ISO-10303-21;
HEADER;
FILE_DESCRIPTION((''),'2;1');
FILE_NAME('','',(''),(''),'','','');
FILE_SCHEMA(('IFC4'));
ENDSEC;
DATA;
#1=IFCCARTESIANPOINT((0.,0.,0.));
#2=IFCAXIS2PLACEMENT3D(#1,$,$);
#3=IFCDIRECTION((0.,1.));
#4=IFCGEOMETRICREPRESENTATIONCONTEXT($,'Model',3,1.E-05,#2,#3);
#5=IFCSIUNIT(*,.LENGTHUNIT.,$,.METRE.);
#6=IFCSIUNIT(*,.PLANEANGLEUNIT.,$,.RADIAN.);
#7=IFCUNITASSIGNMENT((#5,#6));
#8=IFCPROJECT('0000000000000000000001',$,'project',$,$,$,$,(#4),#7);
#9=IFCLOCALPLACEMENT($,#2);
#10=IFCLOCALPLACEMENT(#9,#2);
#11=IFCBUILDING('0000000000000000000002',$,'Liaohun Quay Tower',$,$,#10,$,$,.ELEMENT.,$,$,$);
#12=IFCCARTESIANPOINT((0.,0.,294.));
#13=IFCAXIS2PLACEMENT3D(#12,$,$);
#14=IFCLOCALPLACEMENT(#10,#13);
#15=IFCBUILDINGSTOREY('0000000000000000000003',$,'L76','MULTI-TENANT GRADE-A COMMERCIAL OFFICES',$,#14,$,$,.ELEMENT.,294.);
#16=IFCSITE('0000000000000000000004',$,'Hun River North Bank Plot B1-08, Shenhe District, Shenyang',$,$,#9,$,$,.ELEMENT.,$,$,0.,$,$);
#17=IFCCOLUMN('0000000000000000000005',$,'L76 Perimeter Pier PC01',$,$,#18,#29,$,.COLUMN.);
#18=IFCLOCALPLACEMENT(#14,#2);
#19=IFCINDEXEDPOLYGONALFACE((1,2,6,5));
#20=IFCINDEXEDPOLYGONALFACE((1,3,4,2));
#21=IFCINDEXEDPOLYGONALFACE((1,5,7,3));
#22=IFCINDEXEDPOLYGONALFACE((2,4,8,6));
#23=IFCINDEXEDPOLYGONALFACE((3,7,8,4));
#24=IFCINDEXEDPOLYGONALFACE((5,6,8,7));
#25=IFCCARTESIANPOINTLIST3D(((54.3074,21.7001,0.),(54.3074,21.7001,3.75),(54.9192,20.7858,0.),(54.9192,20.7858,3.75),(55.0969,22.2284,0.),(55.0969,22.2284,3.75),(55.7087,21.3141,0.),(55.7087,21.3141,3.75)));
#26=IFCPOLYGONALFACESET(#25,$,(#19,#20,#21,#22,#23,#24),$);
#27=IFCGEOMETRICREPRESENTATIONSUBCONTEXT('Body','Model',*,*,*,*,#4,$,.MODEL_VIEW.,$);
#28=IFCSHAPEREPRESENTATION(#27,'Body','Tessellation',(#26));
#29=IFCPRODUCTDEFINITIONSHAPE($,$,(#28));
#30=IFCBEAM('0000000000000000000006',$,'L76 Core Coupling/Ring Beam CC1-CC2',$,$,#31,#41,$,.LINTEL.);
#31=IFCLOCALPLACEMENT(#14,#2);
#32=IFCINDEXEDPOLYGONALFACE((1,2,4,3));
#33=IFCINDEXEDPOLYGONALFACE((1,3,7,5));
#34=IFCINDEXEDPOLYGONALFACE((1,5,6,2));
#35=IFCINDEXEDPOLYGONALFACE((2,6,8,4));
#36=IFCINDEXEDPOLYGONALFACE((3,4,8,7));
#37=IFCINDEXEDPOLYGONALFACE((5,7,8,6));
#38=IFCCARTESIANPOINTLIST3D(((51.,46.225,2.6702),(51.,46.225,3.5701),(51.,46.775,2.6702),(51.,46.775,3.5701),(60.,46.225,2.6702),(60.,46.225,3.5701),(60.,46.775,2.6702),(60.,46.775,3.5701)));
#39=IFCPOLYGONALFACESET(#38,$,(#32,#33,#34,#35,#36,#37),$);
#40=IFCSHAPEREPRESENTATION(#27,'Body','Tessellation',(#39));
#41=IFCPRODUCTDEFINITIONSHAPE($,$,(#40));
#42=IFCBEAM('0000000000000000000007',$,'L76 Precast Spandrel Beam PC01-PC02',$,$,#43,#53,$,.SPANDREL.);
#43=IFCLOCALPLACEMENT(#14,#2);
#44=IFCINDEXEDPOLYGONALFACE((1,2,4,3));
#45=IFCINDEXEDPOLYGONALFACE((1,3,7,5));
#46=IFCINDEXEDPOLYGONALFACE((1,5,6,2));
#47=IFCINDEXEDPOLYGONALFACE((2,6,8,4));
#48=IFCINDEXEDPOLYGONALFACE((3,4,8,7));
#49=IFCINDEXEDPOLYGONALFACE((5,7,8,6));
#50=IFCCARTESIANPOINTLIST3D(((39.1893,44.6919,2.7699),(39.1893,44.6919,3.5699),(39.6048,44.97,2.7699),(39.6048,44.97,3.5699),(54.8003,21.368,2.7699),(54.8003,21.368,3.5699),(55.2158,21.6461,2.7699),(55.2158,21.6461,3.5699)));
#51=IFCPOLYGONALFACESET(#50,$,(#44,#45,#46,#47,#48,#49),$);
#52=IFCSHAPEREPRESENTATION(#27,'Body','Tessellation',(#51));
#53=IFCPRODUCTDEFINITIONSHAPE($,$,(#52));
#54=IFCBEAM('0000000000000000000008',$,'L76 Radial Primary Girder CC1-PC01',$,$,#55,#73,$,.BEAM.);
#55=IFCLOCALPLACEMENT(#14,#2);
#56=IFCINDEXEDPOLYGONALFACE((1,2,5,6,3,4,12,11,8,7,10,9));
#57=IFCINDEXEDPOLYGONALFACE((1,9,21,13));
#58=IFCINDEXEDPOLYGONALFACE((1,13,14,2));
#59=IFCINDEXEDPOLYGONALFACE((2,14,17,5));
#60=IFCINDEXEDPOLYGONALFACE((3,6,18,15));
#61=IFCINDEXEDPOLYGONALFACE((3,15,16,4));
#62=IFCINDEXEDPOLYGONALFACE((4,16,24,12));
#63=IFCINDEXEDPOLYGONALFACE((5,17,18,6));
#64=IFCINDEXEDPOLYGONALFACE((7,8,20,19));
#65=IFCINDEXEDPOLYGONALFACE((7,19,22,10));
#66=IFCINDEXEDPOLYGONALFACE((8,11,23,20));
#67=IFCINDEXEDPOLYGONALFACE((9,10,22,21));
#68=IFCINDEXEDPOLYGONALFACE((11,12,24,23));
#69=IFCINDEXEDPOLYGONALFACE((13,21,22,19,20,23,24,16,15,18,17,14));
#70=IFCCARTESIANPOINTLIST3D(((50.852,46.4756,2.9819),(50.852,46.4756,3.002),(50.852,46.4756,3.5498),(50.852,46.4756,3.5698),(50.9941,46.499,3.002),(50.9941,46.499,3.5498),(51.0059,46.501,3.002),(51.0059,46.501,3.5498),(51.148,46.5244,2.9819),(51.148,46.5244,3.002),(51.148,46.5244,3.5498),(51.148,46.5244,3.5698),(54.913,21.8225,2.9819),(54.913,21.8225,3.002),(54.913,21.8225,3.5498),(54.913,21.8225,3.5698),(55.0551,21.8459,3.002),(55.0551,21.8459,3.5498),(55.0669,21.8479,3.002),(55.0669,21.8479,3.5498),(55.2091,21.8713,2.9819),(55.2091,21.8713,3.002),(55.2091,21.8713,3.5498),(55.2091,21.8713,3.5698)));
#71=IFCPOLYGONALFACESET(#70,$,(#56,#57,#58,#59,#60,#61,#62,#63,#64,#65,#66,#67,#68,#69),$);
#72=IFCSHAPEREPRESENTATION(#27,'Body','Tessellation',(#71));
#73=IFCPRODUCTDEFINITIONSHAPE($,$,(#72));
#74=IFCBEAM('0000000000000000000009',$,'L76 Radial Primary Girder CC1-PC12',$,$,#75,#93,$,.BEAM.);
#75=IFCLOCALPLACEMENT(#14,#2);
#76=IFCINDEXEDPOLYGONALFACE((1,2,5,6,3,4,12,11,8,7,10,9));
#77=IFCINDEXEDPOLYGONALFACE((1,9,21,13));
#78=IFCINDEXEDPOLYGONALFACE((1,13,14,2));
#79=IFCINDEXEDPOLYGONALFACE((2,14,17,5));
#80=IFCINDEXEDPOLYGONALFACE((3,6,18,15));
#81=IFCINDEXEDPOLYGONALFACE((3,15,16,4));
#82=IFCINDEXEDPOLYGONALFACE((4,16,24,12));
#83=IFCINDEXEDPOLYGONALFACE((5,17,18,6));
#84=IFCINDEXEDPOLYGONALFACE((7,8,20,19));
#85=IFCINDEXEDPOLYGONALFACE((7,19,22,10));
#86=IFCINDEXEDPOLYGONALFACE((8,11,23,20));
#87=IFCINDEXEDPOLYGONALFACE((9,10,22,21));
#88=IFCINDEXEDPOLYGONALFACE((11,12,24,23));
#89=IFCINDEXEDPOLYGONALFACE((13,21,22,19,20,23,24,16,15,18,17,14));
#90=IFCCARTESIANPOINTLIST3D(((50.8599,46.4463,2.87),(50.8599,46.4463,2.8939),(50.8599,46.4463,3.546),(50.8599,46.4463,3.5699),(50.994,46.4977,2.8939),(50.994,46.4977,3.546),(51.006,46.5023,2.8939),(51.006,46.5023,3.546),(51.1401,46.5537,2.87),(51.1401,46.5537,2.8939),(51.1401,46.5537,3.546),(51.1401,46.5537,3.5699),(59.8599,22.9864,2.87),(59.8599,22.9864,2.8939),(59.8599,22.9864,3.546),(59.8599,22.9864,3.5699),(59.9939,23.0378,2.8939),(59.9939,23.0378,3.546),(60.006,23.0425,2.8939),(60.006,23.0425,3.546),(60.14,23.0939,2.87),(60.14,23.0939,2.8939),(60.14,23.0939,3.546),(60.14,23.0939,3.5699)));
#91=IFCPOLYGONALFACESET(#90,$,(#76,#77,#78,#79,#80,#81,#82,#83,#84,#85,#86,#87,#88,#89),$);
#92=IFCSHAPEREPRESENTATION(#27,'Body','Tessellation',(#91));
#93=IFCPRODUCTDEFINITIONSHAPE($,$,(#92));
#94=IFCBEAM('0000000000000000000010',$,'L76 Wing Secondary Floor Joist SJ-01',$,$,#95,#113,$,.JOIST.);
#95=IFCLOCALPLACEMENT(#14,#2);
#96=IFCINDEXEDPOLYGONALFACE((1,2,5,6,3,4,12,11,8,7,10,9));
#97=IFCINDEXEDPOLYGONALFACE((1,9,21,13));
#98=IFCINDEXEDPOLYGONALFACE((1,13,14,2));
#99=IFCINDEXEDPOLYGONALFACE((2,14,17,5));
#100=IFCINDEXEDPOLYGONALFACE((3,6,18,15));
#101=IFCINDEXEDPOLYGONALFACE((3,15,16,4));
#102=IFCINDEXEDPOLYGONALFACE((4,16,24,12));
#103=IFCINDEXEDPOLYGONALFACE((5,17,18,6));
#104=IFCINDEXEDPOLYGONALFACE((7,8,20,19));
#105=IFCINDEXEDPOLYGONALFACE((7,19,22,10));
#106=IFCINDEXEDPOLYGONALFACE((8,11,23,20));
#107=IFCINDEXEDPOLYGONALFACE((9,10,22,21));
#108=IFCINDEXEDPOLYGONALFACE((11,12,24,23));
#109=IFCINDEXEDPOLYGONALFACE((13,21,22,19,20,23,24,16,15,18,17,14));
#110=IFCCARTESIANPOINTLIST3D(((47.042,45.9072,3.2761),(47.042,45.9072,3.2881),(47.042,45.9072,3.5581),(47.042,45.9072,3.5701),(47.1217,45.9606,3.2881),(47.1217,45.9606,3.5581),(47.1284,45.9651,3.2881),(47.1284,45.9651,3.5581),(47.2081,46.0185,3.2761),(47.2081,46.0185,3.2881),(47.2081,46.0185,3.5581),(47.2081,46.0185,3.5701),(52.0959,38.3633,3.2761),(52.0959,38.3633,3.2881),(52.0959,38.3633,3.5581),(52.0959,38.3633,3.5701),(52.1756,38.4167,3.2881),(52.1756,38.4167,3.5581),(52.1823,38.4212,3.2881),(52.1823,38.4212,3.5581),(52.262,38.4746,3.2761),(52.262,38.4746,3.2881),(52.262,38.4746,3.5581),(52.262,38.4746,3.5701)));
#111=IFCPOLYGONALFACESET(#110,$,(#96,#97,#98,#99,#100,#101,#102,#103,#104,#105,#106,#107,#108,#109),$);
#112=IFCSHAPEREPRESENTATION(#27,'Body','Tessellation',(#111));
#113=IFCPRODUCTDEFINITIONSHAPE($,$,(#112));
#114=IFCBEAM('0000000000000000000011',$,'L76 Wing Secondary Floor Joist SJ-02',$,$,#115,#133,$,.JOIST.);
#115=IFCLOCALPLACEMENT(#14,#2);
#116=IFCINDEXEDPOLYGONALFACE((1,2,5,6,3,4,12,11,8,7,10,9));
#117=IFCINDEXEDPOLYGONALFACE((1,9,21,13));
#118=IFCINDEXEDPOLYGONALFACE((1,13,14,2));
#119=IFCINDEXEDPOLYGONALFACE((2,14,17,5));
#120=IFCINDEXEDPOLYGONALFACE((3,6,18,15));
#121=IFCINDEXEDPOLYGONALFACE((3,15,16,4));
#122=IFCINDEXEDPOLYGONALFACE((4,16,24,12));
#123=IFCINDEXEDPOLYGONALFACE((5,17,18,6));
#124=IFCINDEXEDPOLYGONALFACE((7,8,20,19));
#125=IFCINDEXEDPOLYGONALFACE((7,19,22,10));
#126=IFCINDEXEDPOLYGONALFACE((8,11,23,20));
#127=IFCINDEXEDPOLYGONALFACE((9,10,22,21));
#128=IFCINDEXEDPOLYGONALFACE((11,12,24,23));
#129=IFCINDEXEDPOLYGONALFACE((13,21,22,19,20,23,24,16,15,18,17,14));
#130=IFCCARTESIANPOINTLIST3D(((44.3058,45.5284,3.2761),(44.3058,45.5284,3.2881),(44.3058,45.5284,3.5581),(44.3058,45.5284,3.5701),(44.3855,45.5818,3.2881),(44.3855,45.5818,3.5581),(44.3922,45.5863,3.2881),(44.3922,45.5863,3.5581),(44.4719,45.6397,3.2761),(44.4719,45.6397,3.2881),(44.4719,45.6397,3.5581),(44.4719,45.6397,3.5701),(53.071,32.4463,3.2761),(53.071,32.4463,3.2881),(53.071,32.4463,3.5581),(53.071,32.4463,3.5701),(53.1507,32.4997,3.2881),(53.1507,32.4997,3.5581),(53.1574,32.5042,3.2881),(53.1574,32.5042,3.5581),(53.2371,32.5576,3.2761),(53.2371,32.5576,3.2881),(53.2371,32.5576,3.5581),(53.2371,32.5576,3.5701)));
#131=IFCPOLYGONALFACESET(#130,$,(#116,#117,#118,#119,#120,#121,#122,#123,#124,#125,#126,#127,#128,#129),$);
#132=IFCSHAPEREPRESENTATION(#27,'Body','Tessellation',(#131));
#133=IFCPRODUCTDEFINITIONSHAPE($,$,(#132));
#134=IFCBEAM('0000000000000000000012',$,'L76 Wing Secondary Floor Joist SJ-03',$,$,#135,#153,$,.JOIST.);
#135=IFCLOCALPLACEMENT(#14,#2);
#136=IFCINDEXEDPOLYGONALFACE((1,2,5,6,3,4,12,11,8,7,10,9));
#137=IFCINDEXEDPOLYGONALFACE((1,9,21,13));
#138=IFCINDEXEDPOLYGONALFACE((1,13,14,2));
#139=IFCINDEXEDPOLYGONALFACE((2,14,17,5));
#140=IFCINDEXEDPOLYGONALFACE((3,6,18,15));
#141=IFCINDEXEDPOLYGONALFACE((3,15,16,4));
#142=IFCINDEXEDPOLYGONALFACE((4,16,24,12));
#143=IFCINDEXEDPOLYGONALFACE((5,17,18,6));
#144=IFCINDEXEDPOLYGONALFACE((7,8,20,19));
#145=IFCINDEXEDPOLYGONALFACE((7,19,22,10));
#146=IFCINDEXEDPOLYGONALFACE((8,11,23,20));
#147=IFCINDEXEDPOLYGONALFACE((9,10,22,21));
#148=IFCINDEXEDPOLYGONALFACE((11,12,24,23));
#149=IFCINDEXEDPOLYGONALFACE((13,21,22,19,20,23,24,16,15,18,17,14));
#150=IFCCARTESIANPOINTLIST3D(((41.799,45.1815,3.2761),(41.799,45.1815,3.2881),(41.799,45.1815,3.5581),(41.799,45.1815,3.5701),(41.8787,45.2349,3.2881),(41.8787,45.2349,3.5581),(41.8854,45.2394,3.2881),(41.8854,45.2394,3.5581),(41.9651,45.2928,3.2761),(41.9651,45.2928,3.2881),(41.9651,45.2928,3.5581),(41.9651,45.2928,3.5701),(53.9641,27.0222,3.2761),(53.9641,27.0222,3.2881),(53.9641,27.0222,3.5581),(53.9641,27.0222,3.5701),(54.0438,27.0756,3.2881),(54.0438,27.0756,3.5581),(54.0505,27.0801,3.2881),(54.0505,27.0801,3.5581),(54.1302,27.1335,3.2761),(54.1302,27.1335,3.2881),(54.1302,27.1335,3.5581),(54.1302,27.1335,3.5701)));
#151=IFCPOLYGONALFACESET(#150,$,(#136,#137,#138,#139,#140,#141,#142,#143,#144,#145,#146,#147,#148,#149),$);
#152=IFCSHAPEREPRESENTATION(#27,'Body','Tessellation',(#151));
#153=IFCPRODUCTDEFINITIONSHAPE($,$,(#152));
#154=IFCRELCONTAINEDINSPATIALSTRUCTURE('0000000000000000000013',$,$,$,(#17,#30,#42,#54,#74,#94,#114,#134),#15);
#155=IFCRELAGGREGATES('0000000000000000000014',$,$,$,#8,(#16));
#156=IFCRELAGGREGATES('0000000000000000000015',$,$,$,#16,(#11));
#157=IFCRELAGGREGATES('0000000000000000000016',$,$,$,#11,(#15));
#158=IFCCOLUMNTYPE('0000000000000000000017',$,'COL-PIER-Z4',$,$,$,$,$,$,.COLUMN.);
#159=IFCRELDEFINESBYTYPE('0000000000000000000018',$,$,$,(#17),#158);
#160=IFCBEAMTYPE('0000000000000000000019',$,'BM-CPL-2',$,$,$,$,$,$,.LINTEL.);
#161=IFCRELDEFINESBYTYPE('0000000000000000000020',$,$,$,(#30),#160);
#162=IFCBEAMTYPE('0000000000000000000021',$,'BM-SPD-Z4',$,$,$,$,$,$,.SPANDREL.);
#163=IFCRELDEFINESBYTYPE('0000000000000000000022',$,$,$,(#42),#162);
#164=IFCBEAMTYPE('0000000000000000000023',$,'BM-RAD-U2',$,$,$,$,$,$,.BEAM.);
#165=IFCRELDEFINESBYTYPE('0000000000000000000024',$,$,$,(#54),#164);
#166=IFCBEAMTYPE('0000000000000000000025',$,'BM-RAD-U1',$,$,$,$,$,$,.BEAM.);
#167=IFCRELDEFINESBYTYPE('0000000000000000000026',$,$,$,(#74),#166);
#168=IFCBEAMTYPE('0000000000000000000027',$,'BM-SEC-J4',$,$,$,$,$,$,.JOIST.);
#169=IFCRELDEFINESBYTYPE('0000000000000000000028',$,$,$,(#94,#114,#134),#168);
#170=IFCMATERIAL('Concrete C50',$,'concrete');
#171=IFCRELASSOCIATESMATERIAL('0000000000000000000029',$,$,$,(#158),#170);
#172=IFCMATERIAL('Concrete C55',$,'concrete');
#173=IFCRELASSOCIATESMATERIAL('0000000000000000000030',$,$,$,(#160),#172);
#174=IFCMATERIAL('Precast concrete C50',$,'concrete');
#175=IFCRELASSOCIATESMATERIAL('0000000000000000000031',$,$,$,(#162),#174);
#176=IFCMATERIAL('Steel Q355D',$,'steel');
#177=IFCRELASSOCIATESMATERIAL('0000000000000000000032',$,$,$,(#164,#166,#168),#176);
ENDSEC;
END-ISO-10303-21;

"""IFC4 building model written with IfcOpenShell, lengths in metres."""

from ifc_helpers import new_model, si_unit, direction, frame, origin, origin_2d, place, context, subcontext, project, spatial, rectangle, i_section, extrude, source, transform, mapped, material, material_profile, profile_set, type_object, element, save


model = new_model("IFC4")

# Units and contexts
model_context = context("Model", 3, precision=1e-05, world=origin(), true_north=direction((0.0, 1.0)))
body_context = subcontext(model_context, "Body", "Model", "MODEL_VIEW")
ifc_project = project(units=[si_unit("LENGTHUNIT", "METRE"), si_unit("PLANEANGLEUNIT", "RADIAN")], contexts=[model_context])

# Site, building, storey
site_placement = place(None, origin())
site = spatial("IfcSite", under=ifc_project, at=site_placement, Name="Hun River North Bank Plot B1-08, Shenhe District, Shenyang", CompositionType="ELEMENT", RefElevation=0.0)
building_placement = place(site_placement, origin())
building = spatial("IfcBuilding", under=site, at=building_placement, Name="Liaohun Quay Tower", CompositionType="ELEMENT")
storey_placement = place(building_placement, frame((0.0, 0.0, 294.0)))
storey = spatial("IfcBuildingStorey", under=building, at=storey_placement, Name="L76", Description="MULTI-TENANT GRADE-A COMMERCIAL OFFICES", CompositionType="ELEMENT", Elevation=294.0)

# Column
ifc_material_1 = material(Name="Concrete C50", Category="concrete")
ifc_material_profile_1 = material_profile(ifc_material_1, rectangle(XDim=1.1001, YDim=0.95, at=origin_2d()), Name="RC1100x950")
ifc_profile_set_1 = profile_set([ifc_material_profile_1], Name="Concrete C50")
column_type = type_object("IfcColumnType", Name="COL-PIER-Z4", PredefinedType="COLUMN", material=ifc_profile_set_1)
shared_shape_1 = source(origin(), body_context, "Body", "SweptSolid", [
    extrude(rectangle(XDim=1.1001, YDim=0.95, at=origin_2d()), origin(), (0.0, 0.0, 1.0), 3.75),
])
column_placement = place(storey_placement, frame((55.0081, 21.5071, 0.0), z_axis=(0.0, 0.0, 1.0), x_axis=(-0.556151, 0.831082, 0.0)))
element("IfcColumn", 1, at=column_placement, inside=storey, type_object=column_type, Name="L76 Perimeter Pier PC01", PredefinedType="COLUMN", context=body_context, shape_type="MappedRepresentation", body=[
    mapped(shared_shape_1, transform((0.0, 0.0, 0.0), x_axis=(1.0, 0.0, 0.0), y_axis=(0.0, 1.0, 0.0), z_axis=(0.0, 0.0, 1.0), scale=1.0)),
])

# Beams
ifc_material_2 = material(Name="Concrete C55", Category="concrete")
ifc_material_profile_2 = material_profile(ifc_material_2, rectangle(XDim=0.55, YDim=0.8999, at=origin_2d()), Name="RC550x900")
ifc_profile_set_2 = profile_set([ifc_material_profile_2], Name="Concrete C55")
beam_type_1 = type_object("IfcBeamType", Name="BM-CPL-2", PredefinedType="LINTEL", material=ifc_profile_set_2)
shared_shape_2 = source(origin(), body_context, "Body", "SweptSolid", [
    extrude(rectangle(XDim=0.55, YDim=0.8999, at=origin_2d()), origin(), (0.0, 0.0, 1.0), 9.0),
])
beam_1_placement = place(storey_placement, frame((51.0, 46.5, 3.1201), z_axis=(1.0, 0.0, 0.0), x_axis=(0.0, 1.0, 0.0)))
element("IfcBeam", 2, at=beam_1_placement, inside=storey, type_object=beam_type_1, Name="L76 Core Coupling/Ring Beam CC1-CC2", PredefinedType="LINTEL", context=body_context, shape_type="MappedRepresentation", body=[
    mapped(shared_shape_2, transform((0.0, 0.0, 0.0), x_axis=(1.0, 0.0, 0.0), y_axis=(0.0, 1.0, 0.0), z_axis=(0.0, 0.0, 1.0), scale=1.0)),
])
ifc_material_3 = material(Name="Precast concrete C50", Category="concrete")
ifc_material_profile_3 = material_profile(ifc_material_3, rectangle(XDim=0.5, YDim=0.8, at=origin_2d()), Name="RC500x800")
ifc_profile_set_3 = profile_set([ifc_material_profile_3], Name="Precast concrete C50")
beam_type_2 = type_object("IfcBeamType", Name="BM-SPD-Z4", PredefinedType="SPANDREL", material=ifc_profile_set_3)
shared_shape_3 = source(origin(), body_context, "Body", "SweptSolid", [
    extrude(rectangle(XDim=0.5, YDim=0.8, at=origin_2d()), origin(), (0.0, 0.0, 1.0), 28.0662),
])
beam_2_placement = place(storey_placement, frame((55.0081, 21.5071, 3.1699), z_axis=(-0.556223, 0.831033, 0.0), x_axis=(-0.831033, -0.556223, 0.0)))
element("IfcBeam", 3, at=beam_2_placement, inside=storey, type_object=beam_type_2, Name="L76 Precast Spandrel Beam PC01-PC02", PredefinedType="SPANDREL", context=body_context, shape_type="MappedRepresentation", body=[
    mapped(shared_shape_3, transform((0.0, 0.0, 0.0), x_axis=(1.0, 0.0, 0.0), y_axis=(0.0, 1.0, 0.0), z_axis=(0.0, 0.0, 1.0), scale=1.0)),
])
ifc_material_4 = material(Name="Steel Q355D", Category="steel")
ifc_material_profile_4 = material_profile(ifc_material_4, i_section(OverallWidth=0.3, OverallDepth=0.5879, WebThickness=0.012, FlangeThickness=0.02, at=origin_2d()), Name="HM588x300x12x20")
ifc_profile_set_4 = profile_set([ifc_material_profile_4], Name="Steel Q355D")
beam_type_3 = type_object("IfcBeamType", Name="BM-RAD-U2", PredefinedType="BEAM", material=ifc_profile_set_4)
shared_shape_4 = source(origin(), body_context, "Body", "SweptSolid", [
    extrude(i_section(OverallWidth=0.3, OverallDepth=0.5879, WebThickness=0.012, FlangeThickness=0.02, at=origin_2d()), origin(), (0.0, 0.0, 1.0), 24.9854),
])
beam_3_placement = place(storey_placement, frame((51.0, 46.5, 3.2759), z_axis=(0.162537, -0.986702, 0.0), x_axis=(0.986702, 0.162537, 0.0)))
element("IfcBeam", 4, at=beam_3_placement, inside=storey, type_object=beam_type_3, Name="L76 Radial Primary Girder CC1-PC01", PredefinedType="BEAM", context=body_context, shape_type="MappedRepresentation", body=[
    mapped(shared_shape_4, transform((0.0, 0.0, 0.0), x_axis=(1.0, 0.0, 0.0), y_axis=(0.0, 1.0, 0.0), z_axis=(0.0, 0.0, 1.0), scale=1.0)),
])
ifc_material_profile_5 = material_profile(ifc_material_4, i_section(OverallWidth=0.3, OverallDepth=0.7, WebThickness=0.0129, FlangeThickness=0.0239, at=origin_2d()), Name="HN700x300x13x24")
ifc_profile_set_5 = profile_set([ifc_material_profile_5], Name="Steel Q355D")
beam_type_4 = type_object("IfcBeamType", Name="BM-RAD-U1", PredefinedType="BEAM", material=ifc_profile_set_5)
shared_shape_5 = source(origin(), body_context, "Body", "SweptSolid", [
    extrude(i_section(OverallWidth=0.3, OverallDepth=0.7, WebThickness=0.0129, FlangeThickness=0.0239, at=origin_2d()), origin(), (0.0, 0.0, 1.0), 25.127),
])
beam_4_placement = place(storey_placement, frame((51.0, 46.5, 3.22), z_axis=(0.358179, -0.933653, 0.0), x_axis=(0.933653, 0.358179, 0.0)))
element("IfcBeam", 5, at=beam_4_placement, inside=storey, type_object=beam_type_4, Name="L76 Radial Primary Girder CC1-PC12", PredefinedType="BEAM", context=body_context, shape_type="MappedRepresentation", body=[
    mapped(shared_shape_5, transform((0.0, 0.0, 0.0), x_axis=(1.0, 0.0, 0.0), y_axis=(0.0, 1.0, 0.0), z_axis=(0.0, 0.0, 1.0), scale=1.0)),
])
ifc_material_profile_6 = material_profile(ifc_material_4, i_section(OverallWidth=0.2, OverallDepth=0.2939, WebThickness=0.0081, FlangeThickness=0.012, at=origin_2d()), Name="HM294x200x8x12")
ifc_profile_set_6 = profile_set([ifc_material_profile_6], Name="Steel Q355D")
beam_type_5 = type_object("IfcBeamType", Name="BM-SEC-J4", PredefinedType="JOIST", material=ifc_profile_set_6)
shared_shape_6 = source(origin(), body_context, "Body", "SweptSolid", [
    extrude(i_section(OverallWidth=0.2, OverallDepth=0.2939, WebThickness=0.0081, FlangeThickness=0.012, at=origin_2d()), origin(), (0.0, 0.0, 1.0), 9.0803),
])
beam_5_placement = place(storey_placement, frame((52.179, 38.4189, 3.4231), z_axis=(-0.556579, 0.830795, 0.0), x_axis=(-0.830795, -0.556579, 0.0)))
element("IfcBeam", 6, at=beam_5_placement, inside=storey, type_object=beam_type_5, Name="L76 Wing Secondary Floor Joist SJ-01", PredefinedType="JOIST", context=body_context, shape_type="MappedRepresentation", body=[
    mapped(shared_shape_6, transform((0.0, 0.0, 0.0), x_axis=(1.0, 0.0, 0.0), y_axis=(0.0, 1.0, 0.0), z_axis=(0.0, 0.0, 1.0), scale=1.0)),
])
shared_shape_7 = source(origin(), body_context, "Body", "SweptSolid", [
    extrude(i_section(OverallWidth=0.2, OverallDepth=0.2939, WebThickness=0.0081, FlangeThickness=0.012, at=origin_2d()), origin(), (0.0, 0.0, 1.0), 15.7471),
])
beam_6_placement = place(storey_placement, frame((53.1541, 32.502, 3.4231), z_axis=(-0.556624, 0.830765, 0.0), x_axis=(-0.830765, -0.556624, 0.0)))
element("IfcBeam", 7, at=beam_6_placement, inside=storey, type_object=beam_type_5, Name="L76 Wing Secondary Floor Joist SJ-02", PredefinedType="JOIST", context=body_context, shape_type="MappedRepresentation", body=[
    mapped(shared_shape_7, transform((0.0, 0.0, 0.0), x_axis=(1.0, 0.0, 0.0), y_axis=(0.0, 1.0, 0.0), z_axis=(0.0, 0.0, 1.0), scale=1.0)),
])
shared_shape_8 = source(origin(), body_context, "Body", "SweptSolid", [
    extrude(i_section(OverallWidth=0.2, OverallDepth=0.2939, WebThickness=0.0081, FlangeThickness=0.012, at=origin_2d()), origin(), (0.0, 0.0, 1.0), 21.8574),
])
beam_7_placement = place(storey_placement, frame((54.0471, 27.0779, 3.4231), z_axis=(-0.556565, 0.830804, 0.0), x_axis=(-0.830804, -0.556565, 0.0)))
element("IfcBeam", 8, at=beam_7_placement, inside=storey, type_object=beam_type_5, Name="L76 Wing Secondary Floor Joist SJ-03", PredefinedType="JOIST", context=body_context, shape_type="MappedRepresentation", body=[
    mapped(shared_shape_8, transform((0.0, 0.0, 0.0), x_axis=(1.0, 0.0, 0.0), y_axis=(0.0, 1.0, 0.0), z_axis=(0.0, 0.0, 1.0), scale=1.0)),
])

save(model, "model.ifc")
